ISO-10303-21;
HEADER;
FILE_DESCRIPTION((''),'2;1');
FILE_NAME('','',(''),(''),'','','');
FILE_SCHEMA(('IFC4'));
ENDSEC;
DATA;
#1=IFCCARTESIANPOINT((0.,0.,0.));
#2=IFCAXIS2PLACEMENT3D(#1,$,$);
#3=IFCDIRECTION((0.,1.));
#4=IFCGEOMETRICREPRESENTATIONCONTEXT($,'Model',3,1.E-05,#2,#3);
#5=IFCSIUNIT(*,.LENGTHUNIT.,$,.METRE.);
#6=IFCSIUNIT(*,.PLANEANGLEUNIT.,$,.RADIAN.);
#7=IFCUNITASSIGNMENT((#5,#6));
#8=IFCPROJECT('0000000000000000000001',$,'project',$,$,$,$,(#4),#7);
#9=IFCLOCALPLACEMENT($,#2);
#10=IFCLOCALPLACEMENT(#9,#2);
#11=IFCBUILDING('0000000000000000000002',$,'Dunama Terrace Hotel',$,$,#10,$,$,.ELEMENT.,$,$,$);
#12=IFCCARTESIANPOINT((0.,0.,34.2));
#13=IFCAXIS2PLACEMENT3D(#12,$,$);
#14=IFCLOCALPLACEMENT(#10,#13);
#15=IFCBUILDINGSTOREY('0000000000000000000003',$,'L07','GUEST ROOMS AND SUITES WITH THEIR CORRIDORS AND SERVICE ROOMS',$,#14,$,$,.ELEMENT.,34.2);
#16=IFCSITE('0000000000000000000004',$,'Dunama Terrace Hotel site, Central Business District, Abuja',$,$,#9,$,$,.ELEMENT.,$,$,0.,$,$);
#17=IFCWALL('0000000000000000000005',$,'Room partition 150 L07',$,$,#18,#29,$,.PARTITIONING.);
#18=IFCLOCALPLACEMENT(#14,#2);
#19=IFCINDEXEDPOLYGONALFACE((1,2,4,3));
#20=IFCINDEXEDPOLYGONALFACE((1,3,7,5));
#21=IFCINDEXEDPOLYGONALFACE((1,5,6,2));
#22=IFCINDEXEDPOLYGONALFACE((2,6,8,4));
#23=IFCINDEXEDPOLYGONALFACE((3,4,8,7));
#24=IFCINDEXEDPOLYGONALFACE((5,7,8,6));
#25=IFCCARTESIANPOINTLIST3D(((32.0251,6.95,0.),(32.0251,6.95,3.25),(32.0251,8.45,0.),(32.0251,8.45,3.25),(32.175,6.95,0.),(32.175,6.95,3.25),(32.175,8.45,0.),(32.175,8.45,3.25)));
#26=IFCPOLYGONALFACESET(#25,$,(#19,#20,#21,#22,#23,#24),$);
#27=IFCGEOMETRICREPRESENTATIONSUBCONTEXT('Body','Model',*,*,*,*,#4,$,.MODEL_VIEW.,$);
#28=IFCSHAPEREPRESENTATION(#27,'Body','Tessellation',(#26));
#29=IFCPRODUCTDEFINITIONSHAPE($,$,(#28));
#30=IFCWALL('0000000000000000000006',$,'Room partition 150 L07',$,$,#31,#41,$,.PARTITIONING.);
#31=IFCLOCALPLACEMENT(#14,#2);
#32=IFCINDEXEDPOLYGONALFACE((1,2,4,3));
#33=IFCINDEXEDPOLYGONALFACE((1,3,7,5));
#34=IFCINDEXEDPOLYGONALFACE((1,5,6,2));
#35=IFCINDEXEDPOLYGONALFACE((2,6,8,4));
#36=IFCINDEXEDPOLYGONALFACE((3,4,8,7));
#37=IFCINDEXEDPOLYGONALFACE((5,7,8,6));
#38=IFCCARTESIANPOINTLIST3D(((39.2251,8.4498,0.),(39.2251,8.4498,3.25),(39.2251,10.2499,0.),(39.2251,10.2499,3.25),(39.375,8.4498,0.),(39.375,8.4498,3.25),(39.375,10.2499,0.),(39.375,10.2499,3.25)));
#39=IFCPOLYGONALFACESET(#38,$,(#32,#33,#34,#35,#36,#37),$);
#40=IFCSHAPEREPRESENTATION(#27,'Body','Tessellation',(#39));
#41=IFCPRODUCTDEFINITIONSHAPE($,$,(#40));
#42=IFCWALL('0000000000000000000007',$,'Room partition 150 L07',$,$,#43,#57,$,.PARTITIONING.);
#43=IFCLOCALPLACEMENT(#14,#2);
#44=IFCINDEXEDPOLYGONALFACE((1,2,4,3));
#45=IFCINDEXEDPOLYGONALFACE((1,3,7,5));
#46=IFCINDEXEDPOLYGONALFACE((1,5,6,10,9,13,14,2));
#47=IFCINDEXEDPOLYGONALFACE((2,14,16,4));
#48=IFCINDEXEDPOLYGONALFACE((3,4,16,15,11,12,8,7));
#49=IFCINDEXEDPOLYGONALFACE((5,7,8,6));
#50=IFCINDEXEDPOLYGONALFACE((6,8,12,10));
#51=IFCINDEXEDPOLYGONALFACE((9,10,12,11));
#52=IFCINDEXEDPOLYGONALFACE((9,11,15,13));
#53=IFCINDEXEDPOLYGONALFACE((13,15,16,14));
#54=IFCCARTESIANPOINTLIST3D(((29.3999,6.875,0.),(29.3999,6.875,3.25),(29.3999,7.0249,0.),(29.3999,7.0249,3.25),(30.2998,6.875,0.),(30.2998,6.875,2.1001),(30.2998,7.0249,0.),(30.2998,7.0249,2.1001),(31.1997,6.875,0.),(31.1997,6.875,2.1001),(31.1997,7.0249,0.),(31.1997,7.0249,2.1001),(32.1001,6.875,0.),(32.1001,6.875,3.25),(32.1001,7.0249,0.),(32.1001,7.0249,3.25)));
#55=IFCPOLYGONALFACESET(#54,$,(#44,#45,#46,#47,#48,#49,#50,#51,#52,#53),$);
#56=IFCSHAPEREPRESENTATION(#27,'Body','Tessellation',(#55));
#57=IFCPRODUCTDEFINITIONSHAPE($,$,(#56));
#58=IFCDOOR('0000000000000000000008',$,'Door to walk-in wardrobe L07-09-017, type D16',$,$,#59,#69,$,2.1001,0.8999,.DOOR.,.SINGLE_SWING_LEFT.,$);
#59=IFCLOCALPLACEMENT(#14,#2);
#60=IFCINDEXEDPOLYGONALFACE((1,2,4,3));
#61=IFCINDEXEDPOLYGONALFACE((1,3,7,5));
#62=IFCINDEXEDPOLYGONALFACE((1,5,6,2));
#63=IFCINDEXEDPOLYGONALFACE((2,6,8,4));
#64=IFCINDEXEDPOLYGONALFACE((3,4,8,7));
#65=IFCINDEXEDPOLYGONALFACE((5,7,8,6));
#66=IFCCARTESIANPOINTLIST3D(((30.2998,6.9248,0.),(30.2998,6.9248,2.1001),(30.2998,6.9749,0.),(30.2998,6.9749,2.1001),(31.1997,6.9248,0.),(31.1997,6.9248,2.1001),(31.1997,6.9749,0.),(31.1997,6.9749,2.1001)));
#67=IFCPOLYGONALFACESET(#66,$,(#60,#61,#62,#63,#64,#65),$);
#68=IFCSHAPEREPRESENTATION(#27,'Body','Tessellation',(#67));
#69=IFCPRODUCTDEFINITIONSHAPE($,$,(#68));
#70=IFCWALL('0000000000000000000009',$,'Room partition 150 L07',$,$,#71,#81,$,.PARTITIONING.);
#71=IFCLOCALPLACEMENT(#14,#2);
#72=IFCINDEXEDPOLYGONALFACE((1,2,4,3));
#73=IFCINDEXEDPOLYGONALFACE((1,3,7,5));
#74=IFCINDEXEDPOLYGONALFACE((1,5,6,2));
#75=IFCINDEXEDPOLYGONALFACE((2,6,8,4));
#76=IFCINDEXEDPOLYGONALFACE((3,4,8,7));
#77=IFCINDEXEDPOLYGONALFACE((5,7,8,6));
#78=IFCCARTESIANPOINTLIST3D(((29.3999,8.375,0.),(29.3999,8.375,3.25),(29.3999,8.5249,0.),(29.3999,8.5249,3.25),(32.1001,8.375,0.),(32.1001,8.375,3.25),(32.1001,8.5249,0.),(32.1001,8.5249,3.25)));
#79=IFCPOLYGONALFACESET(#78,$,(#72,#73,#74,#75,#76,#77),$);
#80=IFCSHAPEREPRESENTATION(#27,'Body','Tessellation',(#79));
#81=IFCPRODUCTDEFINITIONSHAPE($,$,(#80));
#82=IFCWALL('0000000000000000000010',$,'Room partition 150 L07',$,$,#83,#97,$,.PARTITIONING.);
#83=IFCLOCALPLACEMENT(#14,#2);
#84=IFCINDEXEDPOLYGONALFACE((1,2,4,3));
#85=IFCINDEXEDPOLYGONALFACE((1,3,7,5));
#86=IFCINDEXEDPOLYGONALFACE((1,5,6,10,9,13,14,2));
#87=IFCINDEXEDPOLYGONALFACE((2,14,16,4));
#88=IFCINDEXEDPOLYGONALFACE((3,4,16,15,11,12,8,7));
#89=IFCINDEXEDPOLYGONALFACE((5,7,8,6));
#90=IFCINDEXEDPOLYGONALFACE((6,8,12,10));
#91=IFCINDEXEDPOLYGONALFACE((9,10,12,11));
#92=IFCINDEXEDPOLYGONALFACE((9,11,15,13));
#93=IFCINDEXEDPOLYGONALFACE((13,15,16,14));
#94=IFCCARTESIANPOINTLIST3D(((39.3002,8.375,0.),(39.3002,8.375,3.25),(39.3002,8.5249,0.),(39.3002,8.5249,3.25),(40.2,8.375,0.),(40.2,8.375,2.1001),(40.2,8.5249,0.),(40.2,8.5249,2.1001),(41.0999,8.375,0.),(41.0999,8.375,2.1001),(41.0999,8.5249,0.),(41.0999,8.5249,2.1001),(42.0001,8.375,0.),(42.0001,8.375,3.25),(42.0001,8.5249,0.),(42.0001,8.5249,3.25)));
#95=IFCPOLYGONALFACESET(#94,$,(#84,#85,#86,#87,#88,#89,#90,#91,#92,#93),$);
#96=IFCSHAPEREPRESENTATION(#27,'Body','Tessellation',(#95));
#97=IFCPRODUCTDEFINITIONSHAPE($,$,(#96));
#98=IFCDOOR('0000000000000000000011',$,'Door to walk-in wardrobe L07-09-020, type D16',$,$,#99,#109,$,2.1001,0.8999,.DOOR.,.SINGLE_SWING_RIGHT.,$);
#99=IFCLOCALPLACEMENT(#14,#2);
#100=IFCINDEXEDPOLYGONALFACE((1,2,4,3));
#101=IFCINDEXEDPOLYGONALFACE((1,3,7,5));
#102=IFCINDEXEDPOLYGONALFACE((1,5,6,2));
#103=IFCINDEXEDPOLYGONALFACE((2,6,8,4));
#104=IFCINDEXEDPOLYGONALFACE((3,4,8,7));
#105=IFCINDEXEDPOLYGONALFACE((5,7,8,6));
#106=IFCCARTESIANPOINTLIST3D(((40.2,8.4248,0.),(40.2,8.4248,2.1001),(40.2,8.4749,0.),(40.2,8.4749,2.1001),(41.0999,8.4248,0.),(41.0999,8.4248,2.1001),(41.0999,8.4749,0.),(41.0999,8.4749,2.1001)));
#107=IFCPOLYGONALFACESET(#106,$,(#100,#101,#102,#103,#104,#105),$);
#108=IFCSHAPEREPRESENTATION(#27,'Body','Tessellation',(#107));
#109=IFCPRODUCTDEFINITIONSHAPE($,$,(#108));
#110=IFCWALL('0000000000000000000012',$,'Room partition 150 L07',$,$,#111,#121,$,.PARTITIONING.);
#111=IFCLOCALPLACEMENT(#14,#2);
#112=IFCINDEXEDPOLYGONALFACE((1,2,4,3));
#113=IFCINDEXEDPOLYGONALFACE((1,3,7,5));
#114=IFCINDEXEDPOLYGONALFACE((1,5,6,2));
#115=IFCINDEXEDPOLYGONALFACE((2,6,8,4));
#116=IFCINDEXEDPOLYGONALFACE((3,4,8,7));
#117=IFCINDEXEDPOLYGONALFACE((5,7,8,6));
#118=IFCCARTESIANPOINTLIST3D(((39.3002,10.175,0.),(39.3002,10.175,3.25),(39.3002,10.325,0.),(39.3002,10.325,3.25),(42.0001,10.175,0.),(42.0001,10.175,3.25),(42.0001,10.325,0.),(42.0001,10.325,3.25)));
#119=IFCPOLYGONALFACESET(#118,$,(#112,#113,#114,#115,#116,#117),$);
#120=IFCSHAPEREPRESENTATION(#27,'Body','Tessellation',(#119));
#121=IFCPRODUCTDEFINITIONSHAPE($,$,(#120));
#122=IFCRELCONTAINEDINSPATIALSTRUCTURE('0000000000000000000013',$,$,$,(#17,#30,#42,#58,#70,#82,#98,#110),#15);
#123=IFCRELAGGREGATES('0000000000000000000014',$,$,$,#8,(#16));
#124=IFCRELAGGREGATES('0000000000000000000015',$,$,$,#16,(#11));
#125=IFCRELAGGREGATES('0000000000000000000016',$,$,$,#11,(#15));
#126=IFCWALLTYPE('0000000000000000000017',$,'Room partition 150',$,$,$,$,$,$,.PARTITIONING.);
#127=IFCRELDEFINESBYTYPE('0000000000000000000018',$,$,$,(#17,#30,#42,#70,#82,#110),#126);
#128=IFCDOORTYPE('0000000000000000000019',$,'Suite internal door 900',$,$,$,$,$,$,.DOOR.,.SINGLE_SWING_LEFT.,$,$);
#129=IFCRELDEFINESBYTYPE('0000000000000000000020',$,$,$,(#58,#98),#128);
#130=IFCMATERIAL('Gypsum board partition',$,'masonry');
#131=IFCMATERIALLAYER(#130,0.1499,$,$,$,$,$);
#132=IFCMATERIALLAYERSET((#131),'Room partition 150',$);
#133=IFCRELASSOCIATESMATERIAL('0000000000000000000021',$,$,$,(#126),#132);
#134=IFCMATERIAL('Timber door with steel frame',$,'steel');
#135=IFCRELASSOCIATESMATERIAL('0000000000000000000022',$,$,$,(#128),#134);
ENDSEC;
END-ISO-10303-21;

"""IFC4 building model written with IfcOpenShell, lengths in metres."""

from ifc_helpers import new_model, si_unit, direction, frame, frame_2d, origin, place, context, subcontext, project, spatial, rectangle, extrude, material, layer, layer_set, type_object, element, fill, save


model = new_model("IFC4")

# Units and contexts
model_context = context("Model", 3, precision=1e-05, world=origin(), true_north=direction((0.0, 1.0)))
body_context = subcontext(model_context, "Body", "Model", "MODEL_VIEW")
ifc_project = project(units=[si_unit("LENGTHUNIT", "METRE"), si_unit("PLANEANGLEUNIT", "RADIAN")], contexts=[model_context])

# Site, building, storey
site_placement = place(None, origin())
site = spatial("IfcSite", under=ifc_project, at=site_placement, Name="Dunama Terrace Hotel site, Central Business District, Abuja", CompositionType="ELEMENT", RefElevation=0.0)
building_placement = place(site_placement, origin())
building = spatial("IfcBuilding", under=site, at=building_placement, Name="Dunama Terrace Hotel", CompositionType="ELEMENT")
storey_placement = place(building_placement, frame((0.0, 0.0, 34.2)))
storey = spatial("IfcBuildingStorey", under=building, at=storey_placement, Name="L07", Description="GUEST ROOMS AND SUITES WITH THEIR CORRIDORS AND SERVICE ROOMS", CompositionType="ELEMENT", Elevation=34.2)

# Walls
ifc_material_1 = material(Name="Gypsum board partition", Category="masonry")
ifc_layer_1 = layer(ifc_material_1, 0.1499)
ifc_layer_set_1 = layer_set([ifc_layer_1], Name="Room partition 150")
wall_type_1 = type_object("IfcWallType", Name="Room partition 150", PredefinedType="PARTITIONING", material=ifc_layer_set_1)
wall_1_placement = place(storey_placement, frame((32.1001, 6.95, 0.0), z_axis=(0.0, 0.0, 1.0), x_axis=(0.0, 1.0, 0.0)))
element("IfcWall", 1, at=wall_1_placement, inside=storey, type_object=wall_type_1, Name="Room partition 150 L07", PredefinedType="PARTITIONING", context=body_context, shape_type="SweptSolid", body=[
    extrude(rectangle(XDim=1.5, YDim=0.1499, at=frame_2d((0.75, 0.0))), origin(), (0.0, 0.0, 1.0), 3.25),
])
wall_2_placement = place(storey_placement, frame((39.3, 8.45, 0.0), z_axis=(0.0, 0.0, 1.0), x_axis=(0.0, 1.0, 0.0)))
element("IfcWall", 2, at=wall_2_placement, inside=storey, type_object=wall_type_1, Name="Room partition 150 L07", PredefinedType="PARTITIONING", context=body_context, shape_type="SweptSolid", body=[
    extrude(rectangle(XDim=1.8, YDim=0.1499, at=frame_2d((0.8999, 0.0))), origin(), (0.0, 0.0, 1.0), 3.25),
])

# Wall, opening, door
wall_3_placement = place(storey_placement, frame((29.3999, 6.95, 0.0), z_axis=(0.0, 0.0, 1.0), x_axis=(1.0, 0.0, 0.0)))
wall_3 = element("IfcWall", 3, at=wall_3_placement, inside=storey, type_object=wall_type_1, Name="Room partition 150 L07", PredefinedType="PARTITIONING", context=body_context, shape_type="SweptSolid", body=[
    extrude(rectangle(XDim=2.7002, YDim=0.1499, at=frame_2d((1.3501, 0.0))), origin(), (0.0, 0.0, 1.0), 3.25),
])
opening_1_placement = place(wall_3_placement, frame((0.8999, 0.0, 0.0)))
opening_1 = element("IfcOpeningElement", 4, at=opening_1_placement, cuts=wall_3, PredefinedType="OPENING", context=body_context, shape_type="SweptSolid", body=[
    extrude(rectangle(XDim=0.8999, YDim=2.1001, at=frame_2d((0.45, 1.05))), frame((0.0, 0.085, 0.0), z_axis=(0.0, -1.0, 0.0), x_axis=(1.0, 0.0, 0.0)), (0.0, 0.0, 1.0), 0.1699),
])
ifc_material_2 = material(Name="Timber door with steel frame", Category="steel")
door_type_1 = type_object("IfcDoorType", Name="Suite internal door 900", OperationType="SINGLE_SWING_LEFT", PredefinedType="DOOR", material=ifc_material_2)
door_1_placement = place(opening_1_placement, origin())
door_1 = element("IfcDoor", 5, at=door_1_placement, inside=storey, type_object=door_type_1, Name="Door to walk-in wardrobe L07-09-017, type D16", OperationType="SINGLE_SWING_LEFT", OverallHeight=2.1001, OverallWidth=0.8999, PredefinedType="DOOR", context=body_context, shape_type="SweptSolid", body=[
    extrude(rectangle(XDim=0.8999, YDim=2.1001, at=frame_2d((0.45, 1.05))), frame((0.0, 0.0249, 0.0), z_axis=(0.0, -1.0, 0.0), x_axis=(1.0, 0.0, 0.0)), (0.0, 0.0, 1.0), 0.05),
])
fill(opening_1, door_1)

# Wall
wall_4_placement = place(storey_placement, frame((29.3999, 8.45, 0.0), z_axis=(0.0, 0.0, 1.0), x_axis=(1.0, 0.0, 0.0)))
element("IfcWall", 6, at=wall_4_placement, inside=storey, type_object=wall_type_1, Name="Room partition 150 L07", PredefinedType="PARTITIONING", context=body_context, shape_type="SweptSolid", body=[
    extrude(rectangle(XDim=2.7002, YDim=0.1499, at=frame_2d((1.3501, 0.0))), origin(), (0.0, 0.0, 1.0), 3.25),
])

# Wall, opening, door
wall_5_placement = place(storey_placement, frame((39.3, 8.45, 0.0), z_axis=(0.0, 0.0, 1.0), x_axis=(1.0, 0.0, 0.0)))
wall_5 = element("IfcWall", 7, at=wall_5_placement, inside=storey, type_object=wall_type_1, Name="Room partition 150 L07", PredefinedType="PARTITIONING", context=body_context, shape_type="SweptSolid", body=[
    extrude(rectangle(XDim=2.7, YDim=0.1499, at=frame_2d((1.3501, 0.0))), origin(), (0.0, 0.0, 1.0), 3.25),
])
opening_2_placement = place(wall_5_placement, frame((0.8999, 0.0, 0.0)))
opening_2 = element("IfcOpeningElement", 8, at=opening_2_placement, cuts=wall_5, PredefinedType="OPENING", context=body_context, shape_type="SweptSolid", body=[
    extrude(rectangle(XDim=0.8999, YDim=2.1001, at=frame_2d((0.45, 1.05))), frame((0.0, 0.085, 0.0), z_axis=(0.0, -1.0, 0.0), x_axis=(1.0, 0.0, 0.0)), (0.0, 0.0, 1.0), 0.1699),
])
door_2_placement = place(opening_2_placement, origin())
door_2 = element("IfcDoor", 9, at=door_2_placement, inside=storey, type_object=door_type_1, Name="Door to walk-in wardrobe L07-09-020, type D16", OperationType="SINGLE_SWING_RIGHT", OverallHeight=2.1001, OverallWidth=0.8999, PredefinedType="DOOR", context=body_context, shape_type="SweptSolid", body=[
    extrude(rectangle(XDim=0.8999, YDim=2.1001, at=frame_2d((0.45, 1.05))), frame((0.0, 0.0249, 0.0), z_axis=(0.0, -1.0, 0.0), x_axis=(1.0, 0.0, 0.0)), (0.0, 0.0, 1.0), 0.05),
])
fill(opening_2, door_2)

# Wall
wall_6_placement = place(storey_placement, frame((39.3, 10.25, 0.0), z_axis=(0.0, 0.0, 1.0), x_axis=(1.0, 0.0, 0.0)))
element("IfcWall", 10, at=wall_6_placement, inside=storey, type_object=wall_type_1, Name="Room partition 150 L07", PredefinedType="PARTITIONING", context=body_context, shape_type="SweptSolid", body=[
    extrude(rectangle(XDim=2.7, YDim=0.1499, at=frame_2d((1.3501, 0.0))), origin(), (0.0, 0.0, 1.0), 3.25),
])

save(model, "model.ifc")
